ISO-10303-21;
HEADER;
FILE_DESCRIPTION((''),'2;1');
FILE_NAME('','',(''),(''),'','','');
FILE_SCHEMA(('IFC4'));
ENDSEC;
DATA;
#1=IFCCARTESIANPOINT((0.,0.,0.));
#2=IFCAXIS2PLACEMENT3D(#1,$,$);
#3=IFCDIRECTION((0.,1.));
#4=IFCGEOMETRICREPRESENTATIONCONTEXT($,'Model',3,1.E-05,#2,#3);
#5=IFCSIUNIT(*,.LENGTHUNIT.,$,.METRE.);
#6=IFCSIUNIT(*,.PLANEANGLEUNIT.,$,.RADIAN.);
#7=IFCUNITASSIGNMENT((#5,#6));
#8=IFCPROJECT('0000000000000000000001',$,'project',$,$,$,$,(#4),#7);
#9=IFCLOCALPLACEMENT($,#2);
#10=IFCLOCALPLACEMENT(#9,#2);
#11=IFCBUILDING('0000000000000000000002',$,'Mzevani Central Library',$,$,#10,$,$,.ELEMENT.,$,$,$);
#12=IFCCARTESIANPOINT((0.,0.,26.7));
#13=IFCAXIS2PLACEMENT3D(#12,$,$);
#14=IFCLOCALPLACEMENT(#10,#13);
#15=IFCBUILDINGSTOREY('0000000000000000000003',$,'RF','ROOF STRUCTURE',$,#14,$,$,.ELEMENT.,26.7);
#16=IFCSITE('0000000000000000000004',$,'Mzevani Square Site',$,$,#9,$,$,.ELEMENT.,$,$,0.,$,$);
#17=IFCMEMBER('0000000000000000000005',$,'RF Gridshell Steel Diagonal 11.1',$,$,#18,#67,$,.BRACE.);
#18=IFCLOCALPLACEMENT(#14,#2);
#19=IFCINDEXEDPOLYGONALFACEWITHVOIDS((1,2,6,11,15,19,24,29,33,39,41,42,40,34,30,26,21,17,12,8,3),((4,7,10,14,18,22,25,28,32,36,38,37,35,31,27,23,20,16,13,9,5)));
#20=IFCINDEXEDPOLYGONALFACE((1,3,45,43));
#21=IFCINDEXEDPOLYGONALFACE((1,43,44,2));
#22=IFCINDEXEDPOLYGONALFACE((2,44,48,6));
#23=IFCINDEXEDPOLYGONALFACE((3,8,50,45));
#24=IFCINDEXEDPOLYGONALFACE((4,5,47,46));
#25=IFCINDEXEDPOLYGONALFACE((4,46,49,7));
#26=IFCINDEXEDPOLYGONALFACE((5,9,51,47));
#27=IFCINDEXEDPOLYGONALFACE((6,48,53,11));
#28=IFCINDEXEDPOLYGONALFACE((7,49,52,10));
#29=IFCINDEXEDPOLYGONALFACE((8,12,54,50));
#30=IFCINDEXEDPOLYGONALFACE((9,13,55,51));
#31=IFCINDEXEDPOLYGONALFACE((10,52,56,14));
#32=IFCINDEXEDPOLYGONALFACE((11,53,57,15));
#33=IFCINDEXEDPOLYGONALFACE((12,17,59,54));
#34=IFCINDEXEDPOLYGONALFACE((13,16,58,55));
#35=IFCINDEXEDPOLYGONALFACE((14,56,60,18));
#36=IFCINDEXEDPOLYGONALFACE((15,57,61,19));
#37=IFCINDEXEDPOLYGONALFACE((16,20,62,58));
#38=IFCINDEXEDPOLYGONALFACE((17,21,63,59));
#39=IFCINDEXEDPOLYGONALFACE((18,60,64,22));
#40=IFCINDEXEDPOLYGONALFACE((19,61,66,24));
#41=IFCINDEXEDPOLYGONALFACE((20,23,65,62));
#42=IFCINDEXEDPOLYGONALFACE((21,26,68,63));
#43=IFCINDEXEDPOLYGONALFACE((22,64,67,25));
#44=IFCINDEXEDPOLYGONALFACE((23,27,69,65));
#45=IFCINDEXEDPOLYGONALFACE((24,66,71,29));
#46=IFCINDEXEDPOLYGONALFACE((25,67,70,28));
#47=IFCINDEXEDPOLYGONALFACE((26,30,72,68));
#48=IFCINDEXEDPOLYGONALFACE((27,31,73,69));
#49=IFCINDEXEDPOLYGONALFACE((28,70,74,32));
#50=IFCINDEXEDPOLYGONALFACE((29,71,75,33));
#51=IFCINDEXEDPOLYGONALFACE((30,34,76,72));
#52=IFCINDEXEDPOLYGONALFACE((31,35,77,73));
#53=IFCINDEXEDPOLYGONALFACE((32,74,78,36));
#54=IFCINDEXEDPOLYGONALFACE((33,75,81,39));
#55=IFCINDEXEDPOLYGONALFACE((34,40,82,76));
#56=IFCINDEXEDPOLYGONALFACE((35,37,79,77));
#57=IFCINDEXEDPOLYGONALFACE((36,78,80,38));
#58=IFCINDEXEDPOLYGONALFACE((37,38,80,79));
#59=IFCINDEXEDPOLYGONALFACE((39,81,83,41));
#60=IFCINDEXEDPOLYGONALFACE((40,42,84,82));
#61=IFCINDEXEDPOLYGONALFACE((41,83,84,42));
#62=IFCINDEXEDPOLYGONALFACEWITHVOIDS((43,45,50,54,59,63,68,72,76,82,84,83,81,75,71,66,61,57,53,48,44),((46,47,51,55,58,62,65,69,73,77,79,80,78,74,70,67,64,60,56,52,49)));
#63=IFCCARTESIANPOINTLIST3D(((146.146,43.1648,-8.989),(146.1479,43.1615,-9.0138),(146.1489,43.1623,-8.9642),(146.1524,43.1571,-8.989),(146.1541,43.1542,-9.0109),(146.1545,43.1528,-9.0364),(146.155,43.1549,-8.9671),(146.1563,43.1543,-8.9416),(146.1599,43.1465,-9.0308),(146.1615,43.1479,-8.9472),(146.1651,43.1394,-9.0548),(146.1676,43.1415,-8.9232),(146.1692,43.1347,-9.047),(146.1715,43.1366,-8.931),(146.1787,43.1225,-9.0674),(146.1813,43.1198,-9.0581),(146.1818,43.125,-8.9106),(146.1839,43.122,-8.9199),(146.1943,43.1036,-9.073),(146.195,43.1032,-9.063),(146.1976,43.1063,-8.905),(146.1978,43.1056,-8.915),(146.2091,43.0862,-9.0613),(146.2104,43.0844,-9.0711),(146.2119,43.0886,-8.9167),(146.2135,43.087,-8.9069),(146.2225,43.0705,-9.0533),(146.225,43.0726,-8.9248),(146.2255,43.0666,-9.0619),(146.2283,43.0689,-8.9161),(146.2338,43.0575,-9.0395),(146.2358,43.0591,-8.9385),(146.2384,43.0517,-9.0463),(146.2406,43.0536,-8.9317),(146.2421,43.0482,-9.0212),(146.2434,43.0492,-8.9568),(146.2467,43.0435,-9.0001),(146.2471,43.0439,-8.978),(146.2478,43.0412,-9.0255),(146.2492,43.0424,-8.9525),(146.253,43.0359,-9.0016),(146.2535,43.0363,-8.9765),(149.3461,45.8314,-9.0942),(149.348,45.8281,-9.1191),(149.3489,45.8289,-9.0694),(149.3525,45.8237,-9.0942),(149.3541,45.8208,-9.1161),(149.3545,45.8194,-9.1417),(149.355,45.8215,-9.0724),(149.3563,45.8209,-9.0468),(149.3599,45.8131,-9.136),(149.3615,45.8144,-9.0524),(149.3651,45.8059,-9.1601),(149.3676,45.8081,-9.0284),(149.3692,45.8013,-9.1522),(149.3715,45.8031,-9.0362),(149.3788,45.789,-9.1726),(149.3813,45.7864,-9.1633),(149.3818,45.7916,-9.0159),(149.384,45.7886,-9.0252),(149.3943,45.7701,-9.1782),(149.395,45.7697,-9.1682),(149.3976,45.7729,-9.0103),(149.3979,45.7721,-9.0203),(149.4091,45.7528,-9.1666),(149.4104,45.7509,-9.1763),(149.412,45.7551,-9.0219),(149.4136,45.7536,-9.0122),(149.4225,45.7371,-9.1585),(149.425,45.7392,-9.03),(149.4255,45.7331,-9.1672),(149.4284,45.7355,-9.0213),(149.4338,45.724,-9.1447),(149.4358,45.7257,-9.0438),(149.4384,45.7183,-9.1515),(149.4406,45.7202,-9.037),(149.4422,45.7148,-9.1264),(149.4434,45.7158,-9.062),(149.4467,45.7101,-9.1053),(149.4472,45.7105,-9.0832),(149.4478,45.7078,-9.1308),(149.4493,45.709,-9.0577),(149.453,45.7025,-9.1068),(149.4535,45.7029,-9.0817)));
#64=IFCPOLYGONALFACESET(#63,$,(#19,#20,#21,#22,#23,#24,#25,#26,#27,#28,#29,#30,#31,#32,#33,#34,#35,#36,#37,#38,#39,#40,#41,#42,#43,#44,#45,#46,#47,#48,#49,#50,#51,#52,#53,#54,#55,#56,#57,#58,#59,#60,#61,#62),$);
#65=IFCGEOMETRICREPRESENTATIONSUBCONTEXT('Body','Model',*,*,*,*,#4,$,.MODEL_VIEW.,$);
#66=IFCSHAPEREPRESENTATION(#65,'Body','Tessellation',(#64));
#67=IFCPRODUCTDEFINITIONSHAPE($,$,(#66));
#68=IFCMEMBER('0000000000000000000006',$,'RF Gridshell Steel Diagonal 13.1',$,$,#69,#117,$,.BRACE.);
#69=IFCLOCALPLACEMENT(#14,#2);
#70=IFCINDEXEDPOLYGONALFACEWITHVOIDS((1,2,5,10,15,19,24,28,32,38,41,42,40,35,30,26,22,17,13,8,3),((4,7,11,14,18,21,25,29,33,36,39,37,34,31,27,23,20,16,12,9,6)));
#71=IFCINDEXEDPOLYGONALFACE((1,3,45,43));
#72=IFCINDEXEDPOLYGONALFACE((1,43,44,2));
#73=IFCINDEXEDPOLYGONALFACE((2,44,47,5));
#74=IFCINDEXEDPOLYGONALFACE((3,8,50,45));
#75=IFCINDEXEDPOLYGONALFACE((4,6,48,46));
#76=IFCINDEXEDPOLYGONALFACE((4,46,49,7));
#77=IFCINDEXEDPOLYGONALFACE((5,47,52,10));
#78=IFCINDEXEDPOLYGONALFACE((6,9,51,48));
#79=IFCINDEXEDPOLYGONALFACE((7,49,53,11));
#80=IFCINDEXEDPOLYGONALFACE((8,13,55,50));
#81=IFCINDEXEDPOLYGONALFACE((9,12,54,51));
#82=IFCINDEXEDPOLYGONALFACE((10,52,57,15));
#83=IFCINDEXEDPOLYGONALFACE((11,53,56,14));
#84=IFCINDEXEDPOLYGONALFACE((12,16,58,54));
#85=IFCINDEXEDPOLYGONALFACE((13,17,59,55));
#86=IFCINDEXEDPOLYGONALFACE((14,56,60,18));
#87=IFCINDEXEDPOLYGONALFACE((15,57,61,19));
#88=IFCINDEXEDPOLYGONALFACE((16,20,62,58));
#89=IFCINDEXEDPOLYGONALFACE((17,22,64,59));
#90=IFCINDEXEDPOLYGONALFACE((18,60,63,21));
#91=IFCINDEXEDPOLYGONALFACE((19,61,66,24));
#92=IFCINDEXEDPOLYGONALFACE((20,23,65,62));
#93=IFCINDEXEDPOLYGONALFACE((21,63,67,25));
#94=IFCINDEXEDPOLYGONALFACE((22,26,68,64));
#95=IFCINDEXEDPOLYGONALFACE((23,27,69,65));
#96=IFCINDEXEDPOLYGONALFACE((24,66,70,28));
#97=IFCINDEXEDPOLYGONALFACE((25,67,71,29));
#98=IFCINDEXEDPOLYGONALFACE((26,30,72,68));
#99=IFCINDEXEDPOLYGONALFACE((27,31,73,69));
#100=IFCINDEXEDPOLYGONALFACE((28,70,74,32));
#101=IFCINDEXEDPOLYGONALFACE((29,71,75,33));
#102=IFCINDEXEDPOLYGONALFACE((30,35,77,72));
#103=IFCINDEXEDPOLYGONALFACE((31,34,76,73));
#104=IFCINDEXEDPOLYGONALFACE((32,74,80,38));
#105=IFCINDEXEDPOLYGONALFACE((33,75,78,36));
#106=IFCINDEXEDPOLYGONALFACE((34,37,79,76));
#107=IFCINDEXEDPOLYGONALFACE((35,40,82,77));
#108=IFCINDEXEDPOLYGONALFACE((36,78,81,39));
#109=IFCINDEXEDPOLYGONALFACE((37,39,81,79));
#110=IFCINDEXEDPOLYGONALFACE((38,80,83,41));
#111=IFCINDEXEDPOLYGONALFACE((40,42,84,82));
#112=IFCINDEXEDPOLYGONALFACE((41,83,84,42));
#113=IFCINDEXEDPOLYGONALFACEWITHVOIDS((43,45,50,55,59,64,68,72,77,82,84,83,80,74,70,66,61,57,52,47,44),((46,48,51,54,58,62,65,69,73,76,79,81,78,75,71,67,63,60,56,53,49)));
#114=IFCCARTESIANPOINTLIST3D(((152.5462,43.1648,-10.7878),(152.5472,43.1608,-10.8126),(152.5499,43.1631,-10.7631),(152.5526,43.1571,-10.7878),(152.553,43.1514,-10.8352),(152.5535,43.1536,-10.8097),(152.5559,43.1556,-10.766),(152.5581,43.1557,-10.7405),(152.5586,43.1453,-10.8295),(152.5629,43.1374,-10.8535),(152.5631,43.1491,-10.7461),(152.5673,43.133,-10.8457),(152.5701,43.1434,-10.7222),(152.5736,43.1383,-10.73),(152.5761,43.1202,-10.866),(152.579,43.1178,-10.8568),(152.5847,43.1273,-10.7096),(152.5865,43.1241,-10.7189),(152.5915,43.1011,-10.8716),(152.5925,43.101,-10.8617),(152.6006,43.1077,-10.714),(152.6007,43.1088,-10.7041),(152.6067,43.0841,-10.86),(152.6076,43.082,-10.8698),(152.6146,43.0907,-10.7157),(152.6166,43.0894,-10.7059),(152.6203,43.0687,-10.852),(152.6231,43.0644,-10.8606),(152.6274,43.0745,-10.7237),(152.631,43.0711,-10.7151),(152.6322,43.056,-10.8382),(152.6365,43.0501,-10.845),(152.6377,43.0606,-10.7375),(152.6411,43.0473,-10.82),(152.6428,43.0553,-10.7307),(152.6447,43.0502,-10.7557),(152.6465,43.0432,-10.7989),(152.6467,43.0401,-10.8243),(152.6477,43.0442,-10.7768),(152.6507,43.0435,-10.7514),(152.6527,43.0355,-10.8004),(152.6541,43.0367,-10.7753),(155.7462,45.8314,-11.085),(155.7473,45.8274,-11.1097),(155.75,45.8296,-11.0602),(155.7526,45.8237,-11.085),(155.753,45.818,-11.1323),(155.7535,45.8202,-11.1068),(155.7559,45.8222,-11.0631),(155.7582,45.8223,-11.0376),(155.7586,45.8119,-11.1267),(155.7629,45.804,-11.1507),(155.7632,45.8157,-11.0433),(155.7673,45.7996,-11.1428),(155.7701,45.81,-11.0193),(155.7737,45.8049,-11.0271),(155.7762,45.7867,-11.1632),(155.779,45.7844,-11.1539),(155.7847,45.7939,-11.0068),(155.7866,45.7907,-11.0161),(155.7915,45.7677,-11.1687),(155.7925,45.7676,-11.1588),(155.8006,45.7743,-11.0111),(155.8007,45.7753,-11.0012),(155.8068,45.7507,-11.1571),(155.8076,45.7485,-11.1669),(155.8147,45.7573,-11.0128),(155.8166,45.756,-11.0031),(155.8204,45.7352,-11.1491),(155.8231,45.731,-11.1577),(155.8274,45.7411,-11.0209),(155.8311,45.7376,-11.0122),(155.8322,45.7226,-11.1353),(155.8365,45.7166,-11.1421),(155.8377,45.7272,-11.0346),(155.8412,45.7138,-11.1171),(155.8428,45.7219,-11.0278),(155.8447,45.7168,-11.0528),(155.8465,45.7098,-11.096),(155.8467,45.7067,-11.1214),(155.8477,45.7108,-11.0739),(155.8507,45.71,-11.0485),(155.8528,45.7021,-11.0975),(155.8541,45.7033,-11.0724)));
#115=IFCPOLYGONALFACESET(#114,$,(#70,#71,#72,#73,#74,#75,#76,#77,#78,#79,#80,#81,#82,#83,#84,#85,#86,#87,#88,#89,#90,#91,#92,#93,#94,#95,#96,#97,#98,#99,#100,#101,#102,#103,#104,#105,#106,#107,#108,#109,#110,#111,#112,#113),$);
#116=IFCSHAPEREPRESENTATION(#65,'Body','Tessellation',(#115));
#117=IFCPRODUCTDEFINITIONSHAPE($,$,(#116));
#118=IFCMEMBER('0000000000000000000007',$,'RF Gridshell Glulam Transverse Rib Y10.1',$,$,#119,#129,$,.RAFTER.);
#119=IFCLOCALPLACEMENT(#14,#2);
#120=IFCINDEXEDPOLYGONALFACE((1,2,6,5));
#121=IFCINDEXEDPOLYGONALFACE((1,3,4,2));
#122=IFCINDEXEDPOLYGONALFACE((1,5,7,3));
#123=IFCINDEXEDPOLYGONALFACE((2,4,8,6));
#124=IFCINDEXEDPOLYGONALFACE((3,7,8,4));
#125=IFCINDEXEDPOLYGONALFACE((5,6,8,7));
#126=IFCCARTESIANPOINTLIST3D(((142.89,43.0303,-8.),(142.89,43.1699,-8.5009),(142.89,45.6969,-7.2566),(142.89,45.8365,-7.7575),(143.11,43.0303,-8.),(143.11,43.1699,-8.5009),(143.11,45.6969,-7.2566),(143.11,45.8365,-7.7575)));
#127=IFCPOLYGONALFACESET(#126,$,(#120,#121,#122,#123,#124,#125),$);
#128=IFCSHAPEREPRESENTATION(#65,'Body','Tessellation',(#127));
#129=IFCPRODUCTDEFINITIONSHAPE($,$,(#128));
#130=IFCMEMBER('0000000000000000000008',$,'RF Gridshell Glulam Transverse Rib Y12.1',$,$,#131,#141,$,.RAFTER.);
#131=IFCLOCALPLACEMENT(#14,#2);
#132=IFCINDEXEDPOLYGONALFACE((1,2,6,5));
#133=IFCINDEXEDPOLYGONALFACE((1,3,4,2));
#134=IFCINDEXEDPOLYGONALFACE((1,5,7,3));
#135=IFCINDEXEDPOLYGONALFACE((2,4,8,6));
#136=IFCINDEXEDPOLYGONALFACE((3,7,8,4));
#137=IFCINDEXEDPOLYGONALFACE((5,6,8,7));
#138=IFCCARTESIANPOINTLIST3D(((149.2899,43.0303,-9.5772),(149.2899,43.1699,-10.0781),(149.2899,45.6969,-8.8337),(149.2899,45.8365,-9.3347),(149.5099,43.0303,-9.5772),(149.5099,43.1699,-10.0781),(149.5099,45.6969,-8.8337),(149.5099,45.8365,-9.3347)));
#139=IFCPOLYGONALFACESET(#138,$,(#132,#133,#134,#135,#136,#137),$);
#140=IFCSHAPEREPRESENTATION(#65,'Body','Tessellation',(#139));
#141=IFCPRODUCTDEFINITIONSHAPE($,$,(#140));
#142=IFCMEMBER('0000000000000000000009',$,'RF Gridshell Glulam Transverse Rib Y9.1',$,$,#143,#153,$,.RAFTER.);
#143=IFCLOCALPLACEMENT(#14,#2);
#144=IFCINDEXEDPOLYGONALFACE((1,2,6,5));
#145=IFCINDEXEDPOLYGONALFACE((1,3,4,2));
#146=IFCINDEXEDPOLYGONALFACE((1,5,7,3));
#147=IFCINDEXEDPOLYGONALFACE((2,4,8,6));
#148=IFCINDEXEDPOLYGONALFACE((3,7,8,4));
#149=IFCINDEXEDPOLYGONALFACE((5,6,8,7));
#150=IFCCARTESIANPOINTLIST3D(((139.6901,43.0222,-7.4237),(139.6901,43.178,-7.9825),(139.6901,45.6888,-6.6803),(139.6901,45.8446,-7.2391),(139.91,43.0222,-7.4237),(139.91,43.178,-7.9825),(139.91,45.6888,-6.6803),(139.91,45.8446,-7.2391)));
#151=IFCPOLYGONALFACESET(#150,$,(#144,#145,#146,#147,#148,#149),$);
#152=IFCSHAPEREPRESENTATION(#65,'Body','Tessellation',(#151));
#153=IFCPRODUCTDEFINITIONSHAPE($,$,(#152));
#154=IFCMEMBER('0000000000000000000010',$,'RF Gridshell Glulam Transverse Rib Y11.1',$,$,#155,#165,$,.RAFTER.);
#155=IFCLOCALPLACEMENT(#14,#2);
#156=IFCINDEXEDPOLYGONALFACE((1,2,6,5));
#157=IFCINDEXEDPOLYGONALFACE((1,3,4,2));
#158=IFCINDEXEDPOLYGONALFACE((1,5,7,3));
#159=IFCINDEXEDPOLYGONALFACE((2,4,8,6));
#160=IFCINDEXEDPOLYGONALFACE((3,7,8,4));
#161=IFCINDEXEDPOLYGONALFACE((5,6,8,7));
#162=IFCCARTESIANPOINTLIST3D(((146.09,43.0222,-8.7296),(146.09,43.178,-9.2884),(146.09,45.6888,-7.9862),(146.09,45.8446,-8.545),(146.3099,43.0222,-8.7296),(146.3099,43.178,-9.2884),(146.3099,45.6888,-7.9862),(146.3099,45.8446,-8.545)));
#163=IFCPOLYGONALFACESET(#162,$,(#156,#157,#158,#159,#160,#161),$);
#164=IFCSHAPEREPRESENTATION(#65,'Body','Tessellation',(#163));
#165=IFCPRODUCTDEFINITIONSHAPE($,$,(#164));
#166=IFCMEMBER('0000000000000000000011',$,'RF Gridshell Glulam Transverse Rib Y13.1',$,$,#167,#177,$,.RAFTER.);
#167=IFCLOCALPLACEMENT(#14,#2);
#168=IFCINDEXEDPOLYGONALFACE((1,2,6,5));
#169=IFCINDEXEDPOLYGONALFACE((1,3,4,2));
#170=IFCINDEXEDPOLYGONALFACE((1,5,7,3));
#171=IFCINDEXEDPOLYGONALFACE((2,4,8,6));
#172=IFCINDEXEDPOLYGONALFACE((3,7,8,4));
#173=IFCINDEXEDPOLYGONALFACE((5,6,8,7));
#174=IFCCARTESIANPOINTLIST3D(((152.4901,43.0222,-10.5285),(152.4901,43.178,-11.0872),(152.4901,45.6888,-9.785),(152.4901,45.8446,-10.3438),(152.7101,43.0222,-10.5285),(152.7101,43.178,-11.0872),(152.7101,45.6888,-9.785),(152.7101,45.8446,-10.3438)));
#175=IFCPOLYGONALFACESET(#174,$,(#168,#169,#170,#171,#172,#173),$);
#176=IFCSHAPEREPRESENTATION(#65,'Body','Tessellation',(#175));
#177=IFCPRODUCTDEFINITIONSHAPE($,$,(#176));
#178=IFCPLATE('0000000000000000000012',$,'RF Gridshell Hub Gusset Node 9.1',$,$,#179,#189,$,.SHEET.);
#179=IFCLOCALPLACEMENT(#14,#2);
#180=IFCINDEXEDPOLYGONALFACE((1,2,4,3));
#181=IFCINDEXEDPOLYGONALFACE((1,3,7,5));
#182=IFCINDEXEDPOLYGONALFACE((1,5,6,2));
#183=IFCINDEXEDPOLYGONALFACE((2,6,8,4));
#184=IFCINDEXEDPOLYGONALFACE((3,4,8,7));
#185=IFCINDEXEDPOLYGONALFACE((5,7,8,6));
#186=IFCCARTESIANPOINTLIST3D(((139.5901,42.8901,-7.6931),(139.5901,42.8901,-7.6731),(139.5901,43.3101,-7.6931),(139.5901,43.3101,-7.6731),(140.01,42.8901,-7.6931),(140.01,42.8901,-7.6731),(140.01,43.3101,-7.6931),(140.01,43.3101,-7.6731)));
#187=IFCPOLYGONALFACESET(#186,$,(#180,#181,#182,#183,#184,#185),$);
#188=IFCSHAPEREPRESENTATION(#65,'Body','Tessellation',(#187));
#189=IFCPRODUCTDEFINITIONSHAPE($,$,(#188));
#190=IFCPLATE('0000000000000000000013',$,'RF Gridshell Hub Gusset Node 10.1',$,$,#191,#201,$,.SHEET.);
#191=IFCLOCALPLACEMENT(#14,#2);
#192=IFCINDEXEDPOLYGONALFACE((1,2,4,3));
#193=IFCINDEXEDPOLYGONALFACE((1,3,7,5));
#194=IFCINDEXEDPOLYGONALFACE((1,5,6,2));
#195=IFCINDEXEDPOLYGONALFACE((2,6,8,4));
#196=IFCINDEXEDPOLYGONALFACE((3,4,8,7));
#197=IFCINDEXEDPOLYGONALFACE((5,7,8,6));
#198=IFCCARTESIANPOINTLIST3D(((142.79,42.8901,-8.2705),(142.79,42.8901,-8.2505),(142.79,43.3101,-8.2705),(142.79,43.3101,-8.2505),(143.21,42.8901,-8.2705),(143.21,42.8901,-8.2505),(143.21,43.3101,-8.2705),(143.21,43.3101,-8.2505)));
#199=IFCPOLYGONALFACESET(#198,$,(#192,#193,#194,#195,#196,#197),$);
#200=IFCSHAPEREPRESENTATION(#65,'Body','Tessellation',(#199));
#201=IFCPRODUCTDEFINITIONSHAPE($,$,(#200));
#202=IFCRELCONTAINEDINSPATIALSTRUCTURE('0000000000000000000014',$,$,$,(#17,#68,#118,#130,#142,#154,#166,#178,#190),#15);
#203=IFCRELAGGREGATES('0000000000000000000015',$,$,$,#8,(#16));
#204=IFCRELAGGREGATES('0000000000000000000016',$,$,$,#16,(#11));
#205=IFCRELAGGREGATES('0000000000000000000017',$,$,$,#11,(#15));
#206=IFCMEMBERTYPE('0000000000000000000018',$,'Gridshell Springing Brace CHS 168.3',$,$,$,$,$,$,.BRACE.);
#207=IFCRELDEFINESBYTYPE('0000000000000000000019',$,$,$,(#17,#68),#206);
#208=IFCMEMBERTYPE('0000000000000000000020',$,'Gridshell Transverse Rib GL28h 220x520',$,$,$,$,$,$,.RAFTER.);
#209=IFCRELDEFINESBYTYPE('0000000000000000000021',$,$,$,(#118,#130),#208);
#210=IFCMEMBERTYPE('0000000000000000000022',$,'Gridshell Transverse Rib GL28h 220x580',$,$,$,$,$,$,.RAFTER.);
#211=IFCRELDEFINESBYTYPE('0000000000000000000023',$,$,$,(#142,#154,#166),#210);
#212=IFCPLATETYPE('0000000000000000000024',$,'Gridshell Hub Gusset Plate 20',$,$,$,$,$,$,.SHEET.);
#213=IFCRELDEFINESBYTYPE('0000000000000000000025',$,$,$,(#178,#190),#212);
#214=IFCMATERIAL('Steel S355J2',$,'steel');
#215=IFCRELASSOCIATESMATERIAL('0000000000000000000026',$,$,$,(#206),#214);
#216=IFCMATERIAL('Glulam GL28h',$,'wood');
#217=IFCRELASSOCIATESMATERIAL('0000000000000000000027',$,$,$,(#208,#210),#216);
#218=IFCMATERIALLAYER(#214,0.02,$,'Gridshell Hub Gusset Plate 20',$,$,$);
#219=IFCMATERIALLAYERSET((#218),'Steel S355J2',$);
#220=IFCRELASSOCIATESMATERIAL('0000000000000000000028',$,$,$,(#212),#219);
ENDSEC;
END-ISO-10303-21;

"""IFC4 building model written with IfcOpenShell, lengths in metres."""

from ifc_helpers import new_model, si_unit, direction, frame, origin, origin_2d, place, context, subcontext, project, spatial, rectangle, hollow_circle, extrude, material, layer, layer_set, material_profile, profile_set, type_object, element, save


model = new_model("IFC4")

# Units and contexts
model_context = context("Model", 3, precision=1e-05, world=origin(), true_north=direction((0.0, 1.0)))
body_context = subcontext(model_context, "Body", "Model", "MODEL_VIEW")
ifc_project = project(units=[si_unit("LENGTHUNIT", "METRE"), si_unit("PLANEANGLEUNIT", "RADIAN")], contexts=[model_context])

# Site, building, storey
site_placement = place(None, origin())
site = spatial("IfcSite", under=ifc_project, at=site_placement, Name="Mzevani Square Site", CompositionType="ELEMENT", RefElevation=0.0)
building_placement = place(site_placement, origin())
building = spatial("IfcBuilding", under=site, at=building_placement, Name="Mzevani Central Library", CompositionType="ELEMENT")
storey_placement = place(building_placement, frame((0.0, 0.0, 26.7)))
storey = spatial("IfcBuildingStorey", under=building, at=storey_placement, Name="RF", Description="ROOF STRUCTURE", CompositionType="ELEMENT", Elevation=26.7)

# Shared definitions
ifc_material_1 = material(Name="Glulam GL28h", Category="wood")

# Members
ifc_material_2 = material(Name="Steel S355J2", Category="steel")
ifc_material_profile_1 = material_profile(ifc_material_2, hollow_circle(Radius=0.0842, WallThickness=0.01, at=origin_2d()), Name="CHS 168.3x10.0")
ifc_profile_set_1 = profile_set([ifc_material_profile_1], Name="Steel S355J2")
member_type_1 = type_object("IfcMemberType", Name="Gridshell Springing Brace CHS 168.3", PredefinedType="BRACE", material=ifc_profile_set_1)
member_1_placement = place(storey_placement, frame((146.2, 43.1001, -8.989), z_axis=(0.767991, 0.639963, -0.025254), x_axis=(-0.640167, 0.768236, 0.0)))
element("IfcMember", 1, at=member_1_placement, inside=storey, type_object=member_type_1, Name="RF Gridshell Steel Diagonal 11.1", PredefinedType="BRACE", context=body_context, shape_type="SweptSolid", body=[
    extrude(hollow_circle(Radius=0.0842, WallThickness=0.01, at=origin_2d()), origin(), (0.0, 0.0, 1.0), 4.1667),
])
member_2_placement = place(storey_placement, frame((152.6001, 43.1001, -10.7878), z_axis=(0.766289, 0.638545, -0.071151), x_axis=(-0.640167, 0.768236, 0.0)))
element("IfcMember", 2, at=member_2_placement, inside=storey, type_object=member_type_1, Name="RF Gridshell Steel Diagonal 13.1", PredefinedType="BRACE", context=body_context, shape_type="SweptSolid", body=[
    extrude(hollow_circle(Radius=0.0842, WallThickness=0.01, at=origin_2d()), origin(), (0.0, 0.0, 1.0), 4.176),
])
ifc_material_profile_2 = material_profile(ifc_material_1, rectangle(XDim=0.22, YDim=0.52, at=origin_2d()), Name="GL28h 220x520")
ifc_profile_set_2 = profile_set([ifc_material_profile_2], Name="Glulam GL28h")
member_type_2 = type_object("IfcMemberType", Name="Gridshell Transverse Rib GL28h 220x520", PredefinedType="RAFTER", material=ifc_profile_set_2)
for number, where, z_axis, x_axis, name in (
    (3, (143.0, 43.1001, -8.2505), (0.0, 0.963265, 0.268553), (-1.0, 0.0, 0.0), "RF Gridshell Glulam Transverse Rib Y10.1"),
    (4, (149.3999, 43.1001, -9.8276), (0.0, 0.963265, 0.268553), (-1.0, 0.0, 0.0), "RF Gridshell Glulam Transverse Rib Y12.1"),
):
    element("IfcMember", number, at=place(storey_placement, frame(where, z_axis=z_axis, x_axis=x_axis)), inside=storey, type_object=member_type_2, Name=name, PredefinedType="RAFTER", context=body_context, shape_type="SweptSolid", body=[
        extrude(rectangle(XDim=0.22, YDim=0.52, at=origin_2d()), origin(), (0.0, 0.0, 1.0), 2.7683),
    ])
ifc_material_profile_3 = material_profile(ifc_material_1, rectangle(XDim=0.22, YDim=0.5801, at=origin_2d()), Name="GL28h 220x580")
ifc_profile_set_3 = profile_set([ifc_material_profile_3], Name="Glulam GL28h")
member_type_3 = type_object("IfcMemberType", Name="Gridshell Transverse Rib GL28h 220x580", PredefinedType="RAFTER", material=ifc_profile_set_3)
for number, where, z_axis, x_axis, name in (
    (5, (139.8, 43.1001, -7.7031), (0.0, 0.963265, 0.268553), (-1.0, 0.0, 0.0), "RF Gridshell Glulam Transverse Rib Y9.1"),
    (6, (146.2, 43.1001, -9.009), (0.0, 0.963265, 0.268553), (-1.0, 0.0, 0.0), "RF Gridshell Glulam Transverse Rib Y11.1"),
    (7, (152.6001, 43.1001, -10.8079), (0.0, 0.963265, 0.268553), (-1.0, 0.0, 0.0), "RF Gridshell Glulam Transverse Rib Y13.1"),
):
    element("IfcMember", number, at=place(storey_placement, frame(where, z_axis=z_axis, x_axis=x_axis)), inside=storey, type_object=member_type_3, Name=name, PredefinedType="RAFTER", context=body_context, shape_type="SweptSolid", body=[
        extrude(rectangle(XDim=0.22, YDim=0.5801, at=origin_2d()), origin(), (0.0, 0.0, 1.0), 2.7683),
    ])

# Plates
ifc_layer_1 = layer(ifc_material_2, 0.02, Name="Gridshell Hub Gusset Plate 20")
ifc_layer_set_1 = layer_set([ifc_layer_1], Name="Steel S355J2")
plate_type = type_object("IfcPlateType", Name="Gridshell Hub Gusset Plate 20", PredefinedType="SHEET", material=ifc_layer_set_1)
for number, where, z_axis, x_axis, name in (
    (8, (139.8, 43.1001, -7.6931), (0.0, 0.0, 1.0), (1.0, 0.0, 0.0), "RF Gridshell Hub Gusset Node 9.1"),
    (9, (143.0, 43.1001, -8.2705), (0.0, 0.0, 1.0), (1.0, 0.0, 0.0), "RF Gridshell Hub Gusset Node 10.1"),
):
    element("IfcPlate", number, at=place(storey_placement, frame(where, z_axis=z_axis, x_axis=x_axis)), inside=storey, type_object=plate_type, Name=name, PredefinedType="SHEET", context=body_context, shape_type="SweptSolid", body=[
        extrude(rectangle(XDim=0.4199, YDim=0.4199, at=origin_2d()), origin(), (0.0, 0.0, 1.0), 0.02),
    ])

save(model, "model.ifc")
